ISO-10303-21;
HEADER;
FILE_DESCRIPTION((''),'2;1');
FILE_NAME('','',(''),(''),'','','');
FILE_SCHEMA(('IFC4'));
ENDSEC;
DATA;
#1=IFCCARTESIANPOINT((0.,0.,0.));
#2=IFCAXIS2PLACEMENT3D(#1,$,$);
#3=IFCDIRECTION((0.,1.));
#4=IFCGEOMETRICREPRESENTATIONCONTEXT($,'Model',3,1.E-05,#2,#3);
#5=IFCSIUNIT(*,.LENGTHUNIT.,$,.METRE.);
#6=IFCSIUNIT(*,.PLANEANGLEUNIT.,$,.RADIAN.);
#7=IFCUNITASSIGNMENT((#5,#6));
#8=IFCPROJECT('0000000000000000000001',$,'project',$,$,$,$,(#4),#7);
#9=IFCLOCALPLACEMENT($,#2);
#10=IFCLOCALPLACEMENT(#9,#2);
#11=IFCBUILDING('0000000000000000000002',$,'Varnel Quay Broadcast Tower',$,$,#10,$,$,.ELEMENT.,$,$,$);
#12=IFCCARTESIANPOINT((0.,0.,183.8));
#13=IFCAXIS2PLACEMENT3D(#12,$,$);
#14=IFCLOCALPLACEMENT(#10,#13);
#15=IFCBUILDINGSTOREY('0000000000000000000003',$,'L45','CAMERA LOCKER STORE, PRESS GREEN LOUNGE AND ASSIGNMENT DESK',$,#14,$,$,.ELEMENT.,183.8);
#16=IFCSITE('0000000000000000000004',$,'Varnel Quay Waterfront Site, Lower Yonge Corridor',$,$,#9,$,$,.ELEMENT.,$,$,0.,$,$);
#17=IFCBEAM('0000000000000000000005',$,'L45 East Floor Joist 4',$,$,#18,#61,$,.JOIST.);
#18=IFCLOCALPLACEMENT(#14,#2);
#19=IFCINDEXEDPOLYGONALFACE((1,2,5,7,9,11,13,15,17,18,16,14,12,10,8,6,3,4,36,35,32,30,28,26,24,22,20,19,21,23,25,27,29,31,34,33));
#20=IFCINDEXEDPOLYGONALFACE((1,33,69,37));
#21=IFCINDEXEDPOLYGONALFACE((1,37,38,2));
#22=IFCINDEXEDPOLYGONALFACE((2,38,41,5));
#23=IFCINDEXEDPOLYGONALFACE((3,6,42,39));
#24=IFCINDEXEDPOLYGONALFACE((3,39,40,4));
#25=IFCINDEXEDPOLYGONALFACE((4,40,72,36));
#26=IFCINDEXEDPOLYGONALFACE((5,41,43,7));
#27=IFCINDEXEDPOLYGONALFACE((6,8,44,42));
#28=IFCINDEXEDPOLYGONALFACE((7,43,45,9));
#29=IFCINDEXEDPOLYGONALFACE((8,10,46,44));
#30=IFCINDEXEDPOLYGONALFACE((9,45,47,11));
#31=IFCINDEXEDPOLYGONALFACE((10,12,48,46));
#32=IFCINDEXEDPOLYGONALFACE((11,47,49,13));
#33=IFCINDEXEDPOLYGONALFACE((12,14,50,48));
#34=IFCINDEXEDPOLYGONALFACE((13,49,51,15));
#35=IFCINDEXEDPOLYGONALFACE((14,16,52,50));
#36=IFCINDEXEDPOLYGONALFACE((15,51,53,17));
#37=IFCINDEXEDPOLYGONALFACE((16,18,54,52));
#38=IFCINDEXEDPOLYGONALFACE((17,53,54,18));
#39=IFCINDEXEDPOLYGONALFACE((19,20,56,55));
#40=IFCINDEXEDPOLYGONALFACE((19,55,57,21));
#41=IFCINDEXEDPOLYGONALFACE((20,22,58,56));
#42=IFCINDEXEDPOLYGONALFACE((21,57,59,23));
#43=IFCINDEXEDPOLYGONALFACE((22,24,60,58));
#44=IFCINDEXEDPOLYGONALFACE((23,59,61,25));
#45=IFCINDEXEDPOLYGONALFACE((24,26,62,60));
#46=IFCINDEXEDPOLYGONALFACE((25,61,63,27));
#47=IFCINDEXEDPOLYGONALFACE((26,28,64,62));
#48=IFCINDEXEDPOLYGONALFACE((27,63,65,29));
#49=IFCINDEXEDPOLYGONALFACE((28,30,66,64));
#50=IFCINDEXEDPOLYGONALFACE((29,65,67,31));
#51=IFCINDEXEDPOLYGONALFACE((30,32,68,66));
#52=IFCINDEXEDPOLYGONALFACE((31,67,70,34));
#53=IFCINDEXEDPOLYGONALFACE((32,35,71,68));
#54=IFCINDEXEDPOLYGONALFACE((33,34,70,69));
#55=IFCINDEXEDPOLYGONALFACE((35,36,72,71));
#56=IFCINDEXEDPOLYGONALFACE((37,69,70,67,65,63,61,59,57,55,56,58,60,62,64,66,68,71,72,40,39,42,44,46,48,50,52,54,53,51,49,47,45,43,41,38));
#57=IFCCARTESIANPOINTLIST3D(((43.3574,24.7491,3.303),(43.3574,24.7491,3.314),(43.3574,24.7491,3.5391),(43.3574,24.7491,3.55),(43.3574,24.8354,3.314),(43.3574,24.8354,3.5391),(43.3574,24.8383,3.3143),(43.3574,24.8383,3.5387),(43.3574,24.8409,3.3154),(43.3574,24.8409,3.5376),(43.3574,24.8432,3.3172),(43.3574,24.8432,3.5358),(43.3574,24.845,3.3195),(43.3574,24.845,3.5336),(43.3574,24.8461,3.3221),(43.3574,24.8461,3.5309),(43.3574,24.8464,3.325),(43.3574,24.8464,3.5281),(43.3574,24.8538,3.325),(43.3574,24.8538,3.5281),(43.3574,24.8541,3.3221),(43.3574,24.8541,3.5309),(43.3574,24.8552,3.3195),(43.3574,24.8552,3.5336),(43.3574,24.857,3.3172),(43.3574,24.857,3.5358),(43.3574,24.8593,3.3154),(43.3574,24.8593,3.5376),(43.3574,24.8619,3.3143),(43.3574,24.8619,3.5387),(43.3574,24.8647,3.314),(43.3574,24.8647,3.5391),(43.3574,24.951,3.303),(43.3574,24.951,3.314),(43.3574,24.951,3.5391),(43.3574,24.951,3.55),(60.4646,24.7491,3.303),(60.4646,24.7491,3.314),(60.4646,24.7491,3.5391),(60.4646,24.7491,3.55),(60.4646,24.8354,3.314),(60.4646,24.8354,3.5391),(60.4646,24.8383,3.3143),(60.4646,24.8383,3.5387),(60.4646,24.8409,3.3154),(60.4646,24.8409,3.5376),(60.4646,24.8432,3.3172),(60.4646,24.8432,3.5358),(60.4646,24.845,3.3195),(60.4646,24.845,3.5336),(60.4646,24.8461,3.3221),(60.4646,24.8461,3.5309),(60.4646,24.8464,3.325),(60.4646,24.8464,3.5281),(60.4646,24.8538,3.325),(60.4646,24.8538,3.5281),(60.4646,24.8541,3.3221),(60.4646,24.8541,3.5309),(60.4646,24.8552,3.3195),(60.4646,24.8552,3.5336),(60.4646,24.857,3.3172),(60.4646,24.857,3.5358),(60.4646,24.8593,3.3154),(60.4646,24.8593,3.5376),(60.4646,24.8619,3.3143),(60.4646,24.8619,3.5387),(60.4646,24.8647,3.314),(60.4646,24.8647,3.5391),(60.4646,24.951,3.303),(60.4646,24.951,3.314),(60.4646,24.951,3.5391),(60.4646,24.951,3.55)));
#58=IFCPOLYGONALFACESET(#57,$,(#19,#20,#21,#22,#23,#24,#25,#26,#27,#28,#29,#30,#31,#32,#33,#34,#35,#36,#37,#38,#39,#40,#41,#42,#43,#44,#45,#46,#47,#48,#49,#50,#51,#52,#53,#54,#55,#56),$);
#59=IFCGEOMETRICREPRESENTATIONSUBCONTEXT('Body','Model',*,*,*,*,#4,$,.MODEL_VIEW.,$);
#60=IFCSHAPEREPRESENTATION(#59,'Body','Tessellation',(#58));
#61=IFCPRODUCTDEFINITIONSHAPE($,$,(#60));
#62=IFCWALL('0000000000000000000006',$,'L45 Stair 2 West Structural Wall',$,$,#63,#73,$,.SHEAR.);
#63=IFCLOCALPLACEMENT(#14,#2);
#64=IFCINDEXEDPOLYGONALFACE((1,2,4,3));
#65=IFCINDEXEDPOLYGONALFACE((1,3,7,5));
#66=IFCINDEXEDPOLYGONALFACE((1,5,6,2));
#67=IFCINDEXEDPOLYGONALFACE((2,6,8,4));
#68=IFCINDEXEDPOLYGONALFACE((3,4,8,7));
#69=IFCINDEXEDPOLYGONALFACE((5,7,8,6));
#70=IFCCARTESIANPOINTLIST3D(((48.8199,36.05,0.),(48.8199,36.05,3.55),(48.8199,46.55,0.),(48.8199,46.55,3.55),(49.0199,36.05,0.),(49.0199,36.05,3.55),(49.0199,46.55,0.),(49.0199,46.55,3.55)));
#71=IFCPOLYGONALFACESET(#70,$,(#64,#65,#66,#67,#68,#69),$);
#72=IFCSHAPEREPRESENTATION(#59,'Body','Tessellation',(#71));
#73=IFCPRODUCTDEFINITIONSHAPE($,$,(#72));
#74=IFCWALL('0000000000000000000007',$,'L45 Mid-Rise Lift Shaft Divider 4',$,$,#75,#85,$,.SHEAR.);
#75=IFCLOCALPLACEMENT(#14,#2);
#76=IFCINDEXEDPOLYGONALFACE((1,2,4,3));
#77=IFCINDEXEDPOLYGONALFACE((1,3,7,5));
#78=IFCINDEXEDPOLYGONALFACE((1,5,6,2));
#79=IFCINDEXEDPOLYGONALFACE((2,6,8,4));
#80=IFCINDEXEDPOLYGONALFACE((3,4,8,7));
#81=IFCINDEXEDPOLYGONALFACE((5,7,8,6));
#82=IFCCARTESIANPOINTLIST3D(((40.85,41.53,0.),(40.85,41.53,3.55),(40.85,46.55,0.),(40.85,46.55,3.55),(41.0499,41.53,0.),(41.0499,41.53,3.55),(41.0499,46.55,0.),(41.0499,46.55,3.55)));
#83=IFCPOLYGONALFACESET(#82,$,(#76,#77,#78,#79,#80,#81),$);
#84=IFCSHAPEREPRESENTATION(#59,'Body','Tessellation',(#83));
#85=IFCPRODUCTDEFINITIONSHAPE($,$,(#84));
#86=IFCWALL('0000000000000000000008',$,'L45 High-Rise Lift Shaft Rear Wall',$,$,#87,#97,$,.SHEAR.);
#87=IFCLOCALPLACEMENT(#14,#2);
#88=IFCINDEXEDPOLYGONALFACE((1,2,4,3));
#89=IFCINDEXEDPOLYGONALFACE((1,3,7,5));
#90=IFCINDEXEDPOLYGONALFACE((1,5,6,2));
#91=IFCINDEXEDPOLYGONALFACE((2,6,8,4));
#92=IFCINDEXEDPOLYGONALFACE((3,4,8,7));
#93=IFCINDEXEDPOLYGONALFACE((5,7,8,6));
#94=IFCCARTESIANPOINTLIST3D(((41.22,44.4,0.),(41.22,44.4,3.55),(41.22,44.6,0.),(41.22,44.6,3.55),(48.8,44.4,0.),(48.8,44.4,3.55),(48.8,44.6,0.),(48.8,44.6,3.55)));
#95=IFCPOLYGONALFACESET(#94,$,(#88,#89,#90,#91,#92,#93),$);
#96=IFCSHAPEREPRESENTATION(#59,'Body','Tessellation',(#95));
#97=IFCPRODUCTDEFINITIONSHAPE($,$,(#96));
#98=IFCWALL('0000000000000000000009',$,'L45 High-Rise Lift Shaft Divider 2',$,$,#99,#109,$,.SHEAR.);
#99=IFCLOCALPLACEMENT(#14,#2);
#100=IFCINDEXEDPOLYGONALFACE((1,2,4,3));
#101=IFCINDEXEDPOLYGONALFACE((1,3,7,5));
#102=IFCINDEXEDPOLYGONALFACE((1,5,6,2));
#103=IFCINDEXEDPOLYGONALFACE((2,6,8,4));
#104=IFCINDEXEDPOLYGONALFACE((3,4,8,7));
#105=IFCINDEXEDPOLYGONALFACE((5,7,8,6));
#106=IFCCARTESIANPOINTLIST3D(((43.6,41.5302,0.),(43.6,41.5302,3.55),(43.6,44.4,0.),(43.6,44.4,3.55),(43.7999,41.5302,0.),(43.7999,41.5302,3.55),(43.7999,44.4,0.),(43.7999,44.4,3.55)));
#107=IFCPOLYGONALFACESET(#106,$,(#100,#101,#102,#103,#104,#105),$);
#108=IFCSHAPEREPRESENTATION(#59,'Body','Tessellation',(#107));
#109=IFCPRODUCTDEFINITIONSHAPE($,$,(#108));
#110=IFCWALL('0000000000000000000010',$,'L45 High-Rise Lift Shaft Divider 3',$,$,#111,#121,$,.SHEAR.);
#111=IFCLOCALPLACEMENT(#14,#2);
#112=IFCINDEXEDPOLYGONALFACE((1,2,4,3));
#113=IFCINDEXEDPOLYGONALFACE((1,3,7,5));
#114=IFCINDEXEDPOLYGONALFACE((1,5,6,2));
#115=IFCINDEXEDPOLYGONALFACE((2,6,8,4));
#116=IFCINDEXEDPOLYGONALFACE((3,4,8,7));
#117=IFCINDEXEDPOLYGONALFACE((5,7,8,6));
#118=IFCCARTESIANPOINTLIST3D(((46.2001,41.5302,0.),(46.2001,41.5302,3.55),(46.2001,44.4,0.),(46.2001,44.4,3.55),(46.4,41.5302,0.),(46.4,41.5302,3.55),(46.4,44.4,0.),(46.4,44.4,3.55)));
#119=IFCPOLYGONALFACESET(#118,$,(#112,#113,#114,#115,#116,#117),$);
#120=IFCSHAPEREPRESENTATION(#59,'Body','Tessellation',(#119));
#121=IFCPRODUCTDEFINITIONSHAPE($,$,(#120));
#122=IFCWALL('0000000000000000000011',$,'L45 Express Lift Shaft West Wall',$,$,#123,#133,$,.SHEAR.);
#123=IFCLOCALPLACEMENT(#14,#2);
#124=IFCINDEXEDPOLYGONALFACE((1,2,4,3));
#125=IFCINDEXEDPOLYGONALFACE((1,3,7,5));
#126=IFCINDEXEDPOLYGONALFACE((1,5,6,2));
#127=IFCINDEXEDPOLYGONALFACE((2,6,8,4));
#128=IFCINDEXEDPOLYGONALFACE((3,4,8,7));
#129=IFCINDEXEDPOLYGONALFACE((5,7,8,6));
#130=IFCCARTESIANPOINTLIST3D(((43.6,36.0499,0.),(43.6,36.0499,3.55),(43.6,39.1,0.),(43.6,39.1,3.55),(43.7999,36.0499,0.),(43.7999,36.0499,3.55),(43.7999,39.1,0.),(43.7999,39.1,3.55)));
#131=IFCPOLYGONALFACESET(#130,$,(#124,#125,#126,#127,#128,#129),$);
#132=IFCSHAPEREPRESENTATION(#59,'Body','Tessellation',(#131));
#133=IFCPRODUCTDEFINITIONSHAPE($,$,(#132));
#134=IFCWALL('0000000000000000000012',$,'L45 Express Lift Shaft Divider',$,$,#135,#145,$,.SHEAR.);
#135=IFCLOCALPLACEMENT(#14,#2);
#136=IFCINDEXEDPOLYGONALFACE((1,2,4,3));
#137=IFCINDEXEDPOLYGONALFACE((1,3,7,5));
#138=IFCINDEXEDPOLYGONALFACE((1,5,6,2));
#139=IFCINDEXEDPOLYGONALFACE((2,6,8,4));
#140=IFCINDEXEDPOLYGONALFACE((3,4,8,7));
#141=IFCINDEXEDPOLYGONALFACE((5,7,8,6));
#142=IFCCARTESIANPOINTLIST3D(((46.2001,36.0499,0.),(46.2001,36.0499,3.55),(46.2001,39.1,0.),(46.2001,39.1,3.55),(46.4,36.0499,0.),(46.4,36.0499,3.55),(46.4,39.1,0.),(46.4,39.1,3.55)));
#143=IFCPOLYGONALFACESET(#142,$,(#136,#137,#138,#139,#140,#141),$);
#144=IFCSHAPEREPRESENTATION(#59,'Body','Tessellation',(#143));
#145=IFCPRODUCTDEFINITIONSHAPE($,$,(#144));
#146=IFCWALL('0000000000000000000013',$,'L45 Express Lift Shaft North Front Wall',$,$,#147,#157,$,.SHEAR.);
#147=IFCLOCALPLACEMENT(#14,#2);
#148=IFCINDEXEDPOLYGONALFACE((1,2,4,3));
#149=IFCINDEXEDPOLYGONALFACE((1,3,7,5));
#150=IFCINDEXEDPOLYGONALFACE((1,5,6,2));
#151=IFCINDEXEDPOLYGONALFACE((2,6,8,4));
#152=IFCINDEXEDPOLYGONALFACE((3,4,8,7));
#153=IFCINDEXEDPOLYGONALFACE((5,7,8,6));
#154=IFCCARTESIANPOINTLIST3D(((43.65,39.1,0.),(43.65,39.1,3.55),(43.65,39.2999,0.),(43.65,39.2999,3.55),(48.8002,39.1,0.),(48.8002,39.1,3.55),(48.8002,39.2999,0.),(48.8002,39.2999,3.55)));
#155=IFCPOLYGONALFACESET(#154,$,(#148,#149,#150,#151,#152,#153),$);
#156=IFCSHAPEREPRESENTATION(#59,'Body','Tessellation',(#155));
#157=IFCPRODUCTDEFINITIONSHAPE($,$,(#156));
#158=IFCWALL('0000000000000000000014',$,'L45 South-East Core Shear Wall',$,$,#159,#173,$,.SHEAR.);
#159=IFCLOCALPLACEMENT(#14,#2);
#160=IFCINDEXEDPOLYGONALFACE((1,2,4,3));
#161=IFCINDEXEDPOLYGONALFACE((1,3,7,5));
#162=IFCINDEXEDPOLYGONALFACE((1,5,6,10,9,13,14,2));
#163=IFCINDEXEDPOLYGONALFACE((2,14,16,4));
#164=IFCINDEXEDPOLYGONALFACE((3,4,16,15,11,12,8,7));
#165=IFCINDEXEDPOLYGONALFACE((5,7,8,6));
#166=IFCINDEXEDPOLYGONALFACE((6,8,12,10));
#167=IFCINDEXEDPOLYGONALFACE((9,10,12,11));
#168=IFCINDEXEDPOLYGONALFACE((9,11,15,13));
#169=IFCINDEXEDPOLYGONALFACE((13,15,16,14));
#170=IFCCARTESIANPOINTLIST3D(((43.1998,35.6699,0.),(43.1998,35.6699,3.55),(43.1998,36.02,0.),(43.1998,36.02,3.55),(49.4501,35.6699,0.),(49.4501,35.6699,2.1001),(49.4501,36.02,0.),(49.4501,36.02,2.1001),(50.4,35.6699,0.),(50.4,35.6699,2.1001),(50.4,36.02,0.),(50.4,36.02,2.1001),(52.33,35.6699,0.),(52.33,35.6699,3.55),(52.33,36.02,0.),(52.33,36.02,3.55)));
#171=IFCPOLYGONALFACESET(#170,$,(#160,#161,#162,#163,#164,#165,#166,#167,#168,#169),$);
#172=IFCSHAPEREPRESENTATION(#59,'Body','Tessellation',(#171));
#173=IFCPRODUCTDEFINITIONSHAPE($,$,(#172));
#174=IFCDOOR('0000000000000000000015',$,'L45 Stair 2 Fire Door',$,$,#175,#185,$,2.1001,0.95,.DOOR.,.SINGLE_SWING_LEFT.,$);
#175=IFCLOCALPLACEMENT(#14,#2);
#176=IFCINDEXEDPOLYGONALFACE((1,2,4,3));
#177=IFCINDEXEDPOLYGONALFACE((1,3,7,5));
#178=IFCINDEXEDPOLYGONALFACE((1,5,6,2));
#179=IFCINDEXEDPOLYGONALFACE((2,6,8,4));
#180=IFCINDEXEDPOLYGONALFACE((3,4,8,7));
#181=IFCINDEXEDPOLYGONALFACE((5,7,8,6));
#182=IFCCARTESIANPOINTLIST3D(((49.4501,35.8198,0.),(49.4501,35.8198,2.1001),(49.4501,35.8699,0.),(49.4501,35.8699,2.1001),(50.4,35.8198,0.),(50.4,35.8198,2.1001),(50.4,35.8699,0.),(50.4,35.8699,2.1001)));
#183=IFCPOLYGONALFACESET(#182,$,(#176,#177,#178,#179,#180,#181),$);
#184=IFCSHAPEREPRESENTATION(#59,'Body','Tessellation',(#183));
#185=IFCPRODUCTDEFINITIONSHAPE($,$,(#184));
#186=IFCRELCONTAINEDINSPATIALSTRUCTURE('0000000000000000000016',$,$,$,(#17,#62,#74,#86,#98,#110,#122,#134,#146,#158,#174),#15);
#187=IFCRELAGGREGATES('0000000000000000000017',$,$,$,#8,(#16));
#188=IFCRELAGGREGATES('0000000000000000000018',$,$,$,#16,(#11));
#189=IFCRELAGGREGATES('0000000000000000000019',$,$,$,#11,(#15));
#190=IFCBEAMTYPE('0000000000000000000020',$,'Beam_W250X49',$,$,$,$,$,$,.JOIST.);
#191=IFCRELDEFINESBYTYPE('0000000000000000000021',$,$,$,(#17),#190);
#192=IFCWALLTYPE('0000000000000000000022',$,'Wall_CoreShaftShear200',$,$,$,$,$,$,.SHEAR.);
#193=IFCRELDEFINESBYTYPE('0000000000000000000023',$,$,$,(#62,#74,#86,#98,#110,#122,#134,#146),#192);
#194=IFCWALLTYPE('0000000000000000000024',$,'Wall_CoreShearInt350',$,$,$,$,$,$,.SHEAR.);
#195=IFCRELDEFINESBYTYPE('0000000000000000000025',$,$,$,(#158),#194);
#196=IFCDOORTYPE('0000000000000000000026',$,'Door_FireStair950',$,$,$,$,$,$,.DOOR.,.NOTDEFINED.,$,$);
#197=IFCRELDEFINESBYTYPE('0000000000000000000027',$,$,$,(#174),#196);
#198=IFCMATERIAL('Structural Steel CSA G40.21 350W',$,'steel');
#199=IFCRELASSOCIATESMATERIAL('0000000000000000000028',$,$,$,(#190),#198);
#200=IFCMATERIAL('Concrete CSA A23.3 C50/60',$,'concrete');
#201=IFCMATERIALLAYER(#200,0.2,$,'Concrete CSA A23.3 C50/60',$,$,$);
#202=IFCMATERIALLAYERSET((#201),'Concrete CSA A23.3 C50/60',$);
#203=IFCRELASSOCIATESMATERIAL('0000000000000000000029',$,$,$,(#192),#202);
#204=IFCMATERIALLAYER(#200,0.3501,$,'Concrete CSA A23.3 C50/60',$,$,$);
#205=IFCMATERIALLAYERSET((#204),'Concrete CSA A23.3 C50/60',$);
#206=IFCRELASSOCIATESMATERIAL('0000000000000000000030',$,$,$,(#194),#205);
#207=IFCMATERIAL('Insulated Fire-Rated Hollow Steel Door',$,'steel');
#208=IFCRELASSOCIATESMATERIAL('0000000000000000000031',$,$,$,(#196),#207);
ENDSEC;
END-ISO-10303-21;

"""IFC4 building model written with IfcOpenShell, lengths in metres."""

from ifc_helpers import new_model, si_unit, direction, frame, frame_2d, origin, origin_2d, place, context, subcontext, project, spatial, rectangle, i_section, extrude, source, transform, mapped, material, layer, layer_set, material_profile, profile_set, type_object, type_shapes, element, fill, save


model = new_model("IFC4")

# Units and contexts
model_context = context("Model", 3, precision=1e-05, world=origin(), true_north=direction((0.0, 1.0)))
body_context = subcontext(model_context, "Body", "Model", "MODEL_VIEW")
ifc_project = project(units=[si_unit("LENGTHUNIT", "METRE"), si_unit("PLANEANGLEUNIT", "RADIAN")], contexts=[model_context])

# Site, building, storey
site_placement = place(None, origin())
site = spatial("IfcSite", under=ifc_project, at=site_placement, Name="Varnel Quay Waterfront Site, Lower Yonge Corridor", CompositionType="ELEMENT", RefElevation=0.0)
building_placement = place(site_placement, origin())
building = spatial("IfcBuilding", under=site, at=building_placement, Name="Varnel Quay Broadcast Tower", CompositionType="ELEMENT")
storey_placement = place(building_placement, frame((0.0, 0.0, 183.8)))
storey = spatial("IfcBuildingStorey", under=building, at=storey_placement, Name="L45", Description="CAMERA LOCKER STORE, PRESS GREEN LOUNGE AND ASSIGNMENT DESK", CompositionType="ELEMENT", Elevation=183.8)

# Beam
ifc_material_1 = material(Name="Structural Steel CSA G40.21 350W", Category="steel")
ifc_material_profile_1 = material_profile(ifc_material_1, i_section(OverallWidth=0.2019, OverallDepth=0.2471, WebThickness=0.0073, FlangeThickness=0.011, FilletRadius=0.011, at=origin_2d()), Name="W250X49")
ifc_profile_set_1 = profile_set([ifc_material_profile_1], Name="Structural Steel CSA G40.21 350W")
beam_type_1 = type_object("IfcBeamType", Name="Beam_W250X49", PredefinedType="JOIST", material=ifc_profile_set_1)
shared_shape_1 = source(origin(), body_context, "Body", "SweptSolid", [
    extrude(i_section(OverallWidth=0.2019, OverallDepth=0.2471, WebThickness=0.0073, FlangeThickness=0.011, FilletRadius=0.011, at=origin_2d()), origin(), (0.0, 0.0, 1.0), 17.1072),
])
type_shapes(beam_type_1, [shared_shape_1])
beam_1_placement = place(storey_placement, frame((43.3574, 24.8501, 3.4265), z_axis=(1.0, 0.0, 0.0), x_axis=(0.0, 1.0, 0.0)))
element("IfcBeam", 1, at=beam_1_placement, inside=storey, type_object=beam_type_1, Name="L45 East Floor Joist 4", PredefinedType="JOIST", context=body_context, shape_type="MappedRepresentation", body=[
    mapped(shared_shape_1, transform((0.0, 0.0, 0.0), x_axis=(1.0, 0.0, 0.0), y_axis=(0.0, 1.0, 0.0), z_axis=(0.0, 0.0, 1.0), scale=1.0)),
])

# Walls
ifc_material_2 = material(Name="Concrete CSA A23.3 C50/60", Category="concrete")
ifc_layer_1 = layer(ifc_material_2, 0.2, Name="Concrete CSA A23.3 C50/60")
ifc_layer_set_1 = layer_set([ifc_layer_1], Name="Concrete CSA A23.3 C50/60")
wall_type_1 = type_object("IfcWallType", Name="Wall_CoreShaftShear200", PredefinedType="SHEAR", material=ifc_layer_set_1)
wall_1_placement = place(storey_placement, frame((48.9199, 36.05, 0.0), z_axis=(0.0, 0.0, 1.0), x_axis=(0.0, 1.0, 0.0)))
element("IfcWall", 2, at=wall_1_placement, inside=storey, type_object=wall_type_1, Name="L45 Stair 2 West Structural Wall", PredefinedType="SHEAR", context=body_context, shape_type="SweptSolid", body=[
    extrude(rectangle(XDim=10.5, YDim=0.2, at=frame_2d((5.25, 0.0))), origin(), (0.0, 0.0, 1.0), 3.55),
])
wall_2_placement = place(storey_placement, frame((40.95, 41.53, 0.0), z_axis=(0.0, 0.0, 1.0), x_axis=(0.0, 1.0, 0.0)))
element("IfcWall", 3, at=wall_2_placement, inside=storey, type_object=wall_type_1, Name="L45 Mid-Rise Lift Shaft Divider 4", PredefinedType="SHEAR", context=body_context, shape_type="SweptSolid", body=[
    extrude(rectangle(XDim=5.02, YDim=0.2, at=frame_2d((2.51, 0.0))), origin(), (0.0, 0.0, 1.0), 3.55),
])
wall_3_placement = place(storey_placement, frame((41.22, 44.5, 0.0), z_axis=(0.0, 0.0, 1.0), x_axis=(1.0, 0.0, 0.0)))
element("IfcWall", 4, at=wall_3_placement, inside=storey, type_object=wall_type_1, Name="L45 High-Rise Lift Shaft Rear Wall", PredefinedType="SHEAR", context=body_context, shape_type="SweptSolid", body=[
    extrude(rectangle(XDim=7.5801, YDim=0.2, at=frame_2d((3.79, 0.0))), origin(), (0.0, 0.0, 1.0), 3.55),
])
for number, where, z_axis, x_axis, name in (
    (5, (43.7, 41.53, 0.0), (0.0, 0.0, 1.0), (0.0, 1.0, 0.0), "L45 High-Rise Lift Shaft Divider 2"),
    (6, (46.3, 41.53, 0.0), (0.0, 0.0, 1.0), (0.0, 1.0, 0.0), "L45 High-Rise Lift Shaft Divider 3"),
):
    element("IfcWall", number, at=place(storey_placement, frame(where, z_axis=z_axis, x_axis=x_axis)), inside=storey, type_object=wall_type_1, Name=name, PredefinedType="SHEAR", context=body_context, shape_type="SweptSolid", body=[
        extrude(rectangle(XDim=2.8699, YDim=0.2, at=frame_2d((1.4351, 0.0))), origin(), (0.0, 0.0, 1.0), 3.55),
    ])
for number, where, z_axis, x_axis, name in (
    (7, (43.7, 36.05, 0.0), (0.0, 0.0, 1.0), (0.0, 1.0, 0.0), "L45 Express Lift Shaft West Wall"),
    (8, (46.3, 36.05, 0.0), (0.0, 0.0, 1.0), (0.0, 1.0, 0.0), "L45 Express Lift Shaft Divider"),
):
    element("IfcWall", number, at=place(storey_placement, frame(where, z_axis=z_axis, x_axis=x_axis)), inside=storey, type_object=wall_type_1, Name=name, PredefinedType="SHEAR", context=body_context, shape_type="SweptSolid", body=[
        extrude(rectangle(XDim=3.05, YDim=0.2, at=frame_2d((1.5249, 0.0))), origin(), (0.0, 0.0, 1.0), 3.55),
    ])
wall_4_placement = place(storey_placement, frame((43.6499, 39.2, 0.0), z_axis=(0.0, 0.0, 1.0), x_axis=(1.0, 0.0, 0.0)))
element("IfcWall", 9, at=wall_4_placement, inside=storey, type_object=wall_type_1, Name="L45 Express Lift Shaft North Front Wall", PredefinedType="SHEAR", context=body_context, shape_type="SweptSolid", body=[
    extrude(rectangle(XDim=5.1501, YDim=0.2, at=frame_2d((2.5752, 0.0))), origin(), (0.0, 0.0, 1.0), 3.55),
])

# Wall, opening, door
ifc_layer_2 = layer(ifc_material_2, 0.3501, Name="Concrete CSA A23.3 C50/60")
ifc_layer_set_2 = layer_set([ifc_layer_2], Name="Concrete CSA A23.3 C50/60")
wall_type_2 = type_object("IfcWallType", Name="Wall_CoreShearInt350", PredefinedType="SHEAR", material=ifc_layer_set_2)
wall_5_placement = place(storey_placement, frame((43.2, 35.845, 0.0), z_axis=(0.0, 0.0, 1.0), x_axis=(1.0, 0.0, 0.0)))
wall_5 = element("IfcWall", 10, at=wall_5_placement, inside=storey, type_object=wall_type_2, Name="L45 South-East Core Shear Wall", PredefinedType="SHEAR", context=body_context, shape_type="SweptSolid", body=[
    extrude(rectangle(XDim=9.1301, YDim=0.3501, at=frame_2d((4.5649, 0.0))), origin(), (0.0, 0.0, 1.0), 3.55),
])
opening_1_placement = place(wall_5_placement, frame((6.25, 0.0, 0.0)))
opening_1 = element("IfcOpeningElement", 11, at=opening_1_placement, cuts=wall_5, PredefinedType="OPENING", context=body_context, shape_type="SweptSolid", body=[
    extrude(rectangle(XDim=0.95, YDim=2.1001, at=frame_2d((0.4751, 1.05))), frame((0.0, 0.1851, 0.0), z_axis=(0.0, -1.0, 0.0), x_axis=(1.0, 0.0, 0.0)), (0.0, 0.0, 1.0), 0.3701),
])
ifc_material_3 = material(Name="Insulated Fire-Rated Hollow Steel Door", Category="steel")
door_type_1 = type_object("IfcDoorType", Name="Door_FireStair950", OperationType="NOTDEFINED", PredefinedType="DOOR", material=ifc_material_3)
shared_shape_2 = source(origin(), body_context, "Body", "SweptSolid", [
    extrude(rectangle(XDim=0.95, YDim=2.1001, at=frame_2d((0.4751, 1.05))), frame((0.0, 0.0249, 0.0), z_axis=(0.0, -1.0, 0.0), x_axis=(1.0, 0.0, 0.0)), (0.0, 0.0, 1.0), 0.05),
])
type_shapes(door_type_1, [shared_shape_2])
door_1_placement = place(opening_1_placement, origin())
door_1 = element("IfcDoor", 12, at=door_1_placement, inside=storey, type_object=door_type_1, Name="L45 Stair 2 Fire Door", OperationType="SINGLE_SWING_LEFT", OverallHeight=2.1001, OverallWidth=0.95, PredefinedType="DOOR", context=body_context, shape_type="MappedRepresentation", body=[
    mapped(shared_shape_2, transform((0.0, 0.0, 0.0), x_axis=(1.0, 0.0, 0.0), y_axis=(0.0, 1.0, 0.0), z_axis=(0.0, 0.0, 1.0), scale=1.0)),
])
fill(opening_1, door_1)

save(model, "model.ifc")
